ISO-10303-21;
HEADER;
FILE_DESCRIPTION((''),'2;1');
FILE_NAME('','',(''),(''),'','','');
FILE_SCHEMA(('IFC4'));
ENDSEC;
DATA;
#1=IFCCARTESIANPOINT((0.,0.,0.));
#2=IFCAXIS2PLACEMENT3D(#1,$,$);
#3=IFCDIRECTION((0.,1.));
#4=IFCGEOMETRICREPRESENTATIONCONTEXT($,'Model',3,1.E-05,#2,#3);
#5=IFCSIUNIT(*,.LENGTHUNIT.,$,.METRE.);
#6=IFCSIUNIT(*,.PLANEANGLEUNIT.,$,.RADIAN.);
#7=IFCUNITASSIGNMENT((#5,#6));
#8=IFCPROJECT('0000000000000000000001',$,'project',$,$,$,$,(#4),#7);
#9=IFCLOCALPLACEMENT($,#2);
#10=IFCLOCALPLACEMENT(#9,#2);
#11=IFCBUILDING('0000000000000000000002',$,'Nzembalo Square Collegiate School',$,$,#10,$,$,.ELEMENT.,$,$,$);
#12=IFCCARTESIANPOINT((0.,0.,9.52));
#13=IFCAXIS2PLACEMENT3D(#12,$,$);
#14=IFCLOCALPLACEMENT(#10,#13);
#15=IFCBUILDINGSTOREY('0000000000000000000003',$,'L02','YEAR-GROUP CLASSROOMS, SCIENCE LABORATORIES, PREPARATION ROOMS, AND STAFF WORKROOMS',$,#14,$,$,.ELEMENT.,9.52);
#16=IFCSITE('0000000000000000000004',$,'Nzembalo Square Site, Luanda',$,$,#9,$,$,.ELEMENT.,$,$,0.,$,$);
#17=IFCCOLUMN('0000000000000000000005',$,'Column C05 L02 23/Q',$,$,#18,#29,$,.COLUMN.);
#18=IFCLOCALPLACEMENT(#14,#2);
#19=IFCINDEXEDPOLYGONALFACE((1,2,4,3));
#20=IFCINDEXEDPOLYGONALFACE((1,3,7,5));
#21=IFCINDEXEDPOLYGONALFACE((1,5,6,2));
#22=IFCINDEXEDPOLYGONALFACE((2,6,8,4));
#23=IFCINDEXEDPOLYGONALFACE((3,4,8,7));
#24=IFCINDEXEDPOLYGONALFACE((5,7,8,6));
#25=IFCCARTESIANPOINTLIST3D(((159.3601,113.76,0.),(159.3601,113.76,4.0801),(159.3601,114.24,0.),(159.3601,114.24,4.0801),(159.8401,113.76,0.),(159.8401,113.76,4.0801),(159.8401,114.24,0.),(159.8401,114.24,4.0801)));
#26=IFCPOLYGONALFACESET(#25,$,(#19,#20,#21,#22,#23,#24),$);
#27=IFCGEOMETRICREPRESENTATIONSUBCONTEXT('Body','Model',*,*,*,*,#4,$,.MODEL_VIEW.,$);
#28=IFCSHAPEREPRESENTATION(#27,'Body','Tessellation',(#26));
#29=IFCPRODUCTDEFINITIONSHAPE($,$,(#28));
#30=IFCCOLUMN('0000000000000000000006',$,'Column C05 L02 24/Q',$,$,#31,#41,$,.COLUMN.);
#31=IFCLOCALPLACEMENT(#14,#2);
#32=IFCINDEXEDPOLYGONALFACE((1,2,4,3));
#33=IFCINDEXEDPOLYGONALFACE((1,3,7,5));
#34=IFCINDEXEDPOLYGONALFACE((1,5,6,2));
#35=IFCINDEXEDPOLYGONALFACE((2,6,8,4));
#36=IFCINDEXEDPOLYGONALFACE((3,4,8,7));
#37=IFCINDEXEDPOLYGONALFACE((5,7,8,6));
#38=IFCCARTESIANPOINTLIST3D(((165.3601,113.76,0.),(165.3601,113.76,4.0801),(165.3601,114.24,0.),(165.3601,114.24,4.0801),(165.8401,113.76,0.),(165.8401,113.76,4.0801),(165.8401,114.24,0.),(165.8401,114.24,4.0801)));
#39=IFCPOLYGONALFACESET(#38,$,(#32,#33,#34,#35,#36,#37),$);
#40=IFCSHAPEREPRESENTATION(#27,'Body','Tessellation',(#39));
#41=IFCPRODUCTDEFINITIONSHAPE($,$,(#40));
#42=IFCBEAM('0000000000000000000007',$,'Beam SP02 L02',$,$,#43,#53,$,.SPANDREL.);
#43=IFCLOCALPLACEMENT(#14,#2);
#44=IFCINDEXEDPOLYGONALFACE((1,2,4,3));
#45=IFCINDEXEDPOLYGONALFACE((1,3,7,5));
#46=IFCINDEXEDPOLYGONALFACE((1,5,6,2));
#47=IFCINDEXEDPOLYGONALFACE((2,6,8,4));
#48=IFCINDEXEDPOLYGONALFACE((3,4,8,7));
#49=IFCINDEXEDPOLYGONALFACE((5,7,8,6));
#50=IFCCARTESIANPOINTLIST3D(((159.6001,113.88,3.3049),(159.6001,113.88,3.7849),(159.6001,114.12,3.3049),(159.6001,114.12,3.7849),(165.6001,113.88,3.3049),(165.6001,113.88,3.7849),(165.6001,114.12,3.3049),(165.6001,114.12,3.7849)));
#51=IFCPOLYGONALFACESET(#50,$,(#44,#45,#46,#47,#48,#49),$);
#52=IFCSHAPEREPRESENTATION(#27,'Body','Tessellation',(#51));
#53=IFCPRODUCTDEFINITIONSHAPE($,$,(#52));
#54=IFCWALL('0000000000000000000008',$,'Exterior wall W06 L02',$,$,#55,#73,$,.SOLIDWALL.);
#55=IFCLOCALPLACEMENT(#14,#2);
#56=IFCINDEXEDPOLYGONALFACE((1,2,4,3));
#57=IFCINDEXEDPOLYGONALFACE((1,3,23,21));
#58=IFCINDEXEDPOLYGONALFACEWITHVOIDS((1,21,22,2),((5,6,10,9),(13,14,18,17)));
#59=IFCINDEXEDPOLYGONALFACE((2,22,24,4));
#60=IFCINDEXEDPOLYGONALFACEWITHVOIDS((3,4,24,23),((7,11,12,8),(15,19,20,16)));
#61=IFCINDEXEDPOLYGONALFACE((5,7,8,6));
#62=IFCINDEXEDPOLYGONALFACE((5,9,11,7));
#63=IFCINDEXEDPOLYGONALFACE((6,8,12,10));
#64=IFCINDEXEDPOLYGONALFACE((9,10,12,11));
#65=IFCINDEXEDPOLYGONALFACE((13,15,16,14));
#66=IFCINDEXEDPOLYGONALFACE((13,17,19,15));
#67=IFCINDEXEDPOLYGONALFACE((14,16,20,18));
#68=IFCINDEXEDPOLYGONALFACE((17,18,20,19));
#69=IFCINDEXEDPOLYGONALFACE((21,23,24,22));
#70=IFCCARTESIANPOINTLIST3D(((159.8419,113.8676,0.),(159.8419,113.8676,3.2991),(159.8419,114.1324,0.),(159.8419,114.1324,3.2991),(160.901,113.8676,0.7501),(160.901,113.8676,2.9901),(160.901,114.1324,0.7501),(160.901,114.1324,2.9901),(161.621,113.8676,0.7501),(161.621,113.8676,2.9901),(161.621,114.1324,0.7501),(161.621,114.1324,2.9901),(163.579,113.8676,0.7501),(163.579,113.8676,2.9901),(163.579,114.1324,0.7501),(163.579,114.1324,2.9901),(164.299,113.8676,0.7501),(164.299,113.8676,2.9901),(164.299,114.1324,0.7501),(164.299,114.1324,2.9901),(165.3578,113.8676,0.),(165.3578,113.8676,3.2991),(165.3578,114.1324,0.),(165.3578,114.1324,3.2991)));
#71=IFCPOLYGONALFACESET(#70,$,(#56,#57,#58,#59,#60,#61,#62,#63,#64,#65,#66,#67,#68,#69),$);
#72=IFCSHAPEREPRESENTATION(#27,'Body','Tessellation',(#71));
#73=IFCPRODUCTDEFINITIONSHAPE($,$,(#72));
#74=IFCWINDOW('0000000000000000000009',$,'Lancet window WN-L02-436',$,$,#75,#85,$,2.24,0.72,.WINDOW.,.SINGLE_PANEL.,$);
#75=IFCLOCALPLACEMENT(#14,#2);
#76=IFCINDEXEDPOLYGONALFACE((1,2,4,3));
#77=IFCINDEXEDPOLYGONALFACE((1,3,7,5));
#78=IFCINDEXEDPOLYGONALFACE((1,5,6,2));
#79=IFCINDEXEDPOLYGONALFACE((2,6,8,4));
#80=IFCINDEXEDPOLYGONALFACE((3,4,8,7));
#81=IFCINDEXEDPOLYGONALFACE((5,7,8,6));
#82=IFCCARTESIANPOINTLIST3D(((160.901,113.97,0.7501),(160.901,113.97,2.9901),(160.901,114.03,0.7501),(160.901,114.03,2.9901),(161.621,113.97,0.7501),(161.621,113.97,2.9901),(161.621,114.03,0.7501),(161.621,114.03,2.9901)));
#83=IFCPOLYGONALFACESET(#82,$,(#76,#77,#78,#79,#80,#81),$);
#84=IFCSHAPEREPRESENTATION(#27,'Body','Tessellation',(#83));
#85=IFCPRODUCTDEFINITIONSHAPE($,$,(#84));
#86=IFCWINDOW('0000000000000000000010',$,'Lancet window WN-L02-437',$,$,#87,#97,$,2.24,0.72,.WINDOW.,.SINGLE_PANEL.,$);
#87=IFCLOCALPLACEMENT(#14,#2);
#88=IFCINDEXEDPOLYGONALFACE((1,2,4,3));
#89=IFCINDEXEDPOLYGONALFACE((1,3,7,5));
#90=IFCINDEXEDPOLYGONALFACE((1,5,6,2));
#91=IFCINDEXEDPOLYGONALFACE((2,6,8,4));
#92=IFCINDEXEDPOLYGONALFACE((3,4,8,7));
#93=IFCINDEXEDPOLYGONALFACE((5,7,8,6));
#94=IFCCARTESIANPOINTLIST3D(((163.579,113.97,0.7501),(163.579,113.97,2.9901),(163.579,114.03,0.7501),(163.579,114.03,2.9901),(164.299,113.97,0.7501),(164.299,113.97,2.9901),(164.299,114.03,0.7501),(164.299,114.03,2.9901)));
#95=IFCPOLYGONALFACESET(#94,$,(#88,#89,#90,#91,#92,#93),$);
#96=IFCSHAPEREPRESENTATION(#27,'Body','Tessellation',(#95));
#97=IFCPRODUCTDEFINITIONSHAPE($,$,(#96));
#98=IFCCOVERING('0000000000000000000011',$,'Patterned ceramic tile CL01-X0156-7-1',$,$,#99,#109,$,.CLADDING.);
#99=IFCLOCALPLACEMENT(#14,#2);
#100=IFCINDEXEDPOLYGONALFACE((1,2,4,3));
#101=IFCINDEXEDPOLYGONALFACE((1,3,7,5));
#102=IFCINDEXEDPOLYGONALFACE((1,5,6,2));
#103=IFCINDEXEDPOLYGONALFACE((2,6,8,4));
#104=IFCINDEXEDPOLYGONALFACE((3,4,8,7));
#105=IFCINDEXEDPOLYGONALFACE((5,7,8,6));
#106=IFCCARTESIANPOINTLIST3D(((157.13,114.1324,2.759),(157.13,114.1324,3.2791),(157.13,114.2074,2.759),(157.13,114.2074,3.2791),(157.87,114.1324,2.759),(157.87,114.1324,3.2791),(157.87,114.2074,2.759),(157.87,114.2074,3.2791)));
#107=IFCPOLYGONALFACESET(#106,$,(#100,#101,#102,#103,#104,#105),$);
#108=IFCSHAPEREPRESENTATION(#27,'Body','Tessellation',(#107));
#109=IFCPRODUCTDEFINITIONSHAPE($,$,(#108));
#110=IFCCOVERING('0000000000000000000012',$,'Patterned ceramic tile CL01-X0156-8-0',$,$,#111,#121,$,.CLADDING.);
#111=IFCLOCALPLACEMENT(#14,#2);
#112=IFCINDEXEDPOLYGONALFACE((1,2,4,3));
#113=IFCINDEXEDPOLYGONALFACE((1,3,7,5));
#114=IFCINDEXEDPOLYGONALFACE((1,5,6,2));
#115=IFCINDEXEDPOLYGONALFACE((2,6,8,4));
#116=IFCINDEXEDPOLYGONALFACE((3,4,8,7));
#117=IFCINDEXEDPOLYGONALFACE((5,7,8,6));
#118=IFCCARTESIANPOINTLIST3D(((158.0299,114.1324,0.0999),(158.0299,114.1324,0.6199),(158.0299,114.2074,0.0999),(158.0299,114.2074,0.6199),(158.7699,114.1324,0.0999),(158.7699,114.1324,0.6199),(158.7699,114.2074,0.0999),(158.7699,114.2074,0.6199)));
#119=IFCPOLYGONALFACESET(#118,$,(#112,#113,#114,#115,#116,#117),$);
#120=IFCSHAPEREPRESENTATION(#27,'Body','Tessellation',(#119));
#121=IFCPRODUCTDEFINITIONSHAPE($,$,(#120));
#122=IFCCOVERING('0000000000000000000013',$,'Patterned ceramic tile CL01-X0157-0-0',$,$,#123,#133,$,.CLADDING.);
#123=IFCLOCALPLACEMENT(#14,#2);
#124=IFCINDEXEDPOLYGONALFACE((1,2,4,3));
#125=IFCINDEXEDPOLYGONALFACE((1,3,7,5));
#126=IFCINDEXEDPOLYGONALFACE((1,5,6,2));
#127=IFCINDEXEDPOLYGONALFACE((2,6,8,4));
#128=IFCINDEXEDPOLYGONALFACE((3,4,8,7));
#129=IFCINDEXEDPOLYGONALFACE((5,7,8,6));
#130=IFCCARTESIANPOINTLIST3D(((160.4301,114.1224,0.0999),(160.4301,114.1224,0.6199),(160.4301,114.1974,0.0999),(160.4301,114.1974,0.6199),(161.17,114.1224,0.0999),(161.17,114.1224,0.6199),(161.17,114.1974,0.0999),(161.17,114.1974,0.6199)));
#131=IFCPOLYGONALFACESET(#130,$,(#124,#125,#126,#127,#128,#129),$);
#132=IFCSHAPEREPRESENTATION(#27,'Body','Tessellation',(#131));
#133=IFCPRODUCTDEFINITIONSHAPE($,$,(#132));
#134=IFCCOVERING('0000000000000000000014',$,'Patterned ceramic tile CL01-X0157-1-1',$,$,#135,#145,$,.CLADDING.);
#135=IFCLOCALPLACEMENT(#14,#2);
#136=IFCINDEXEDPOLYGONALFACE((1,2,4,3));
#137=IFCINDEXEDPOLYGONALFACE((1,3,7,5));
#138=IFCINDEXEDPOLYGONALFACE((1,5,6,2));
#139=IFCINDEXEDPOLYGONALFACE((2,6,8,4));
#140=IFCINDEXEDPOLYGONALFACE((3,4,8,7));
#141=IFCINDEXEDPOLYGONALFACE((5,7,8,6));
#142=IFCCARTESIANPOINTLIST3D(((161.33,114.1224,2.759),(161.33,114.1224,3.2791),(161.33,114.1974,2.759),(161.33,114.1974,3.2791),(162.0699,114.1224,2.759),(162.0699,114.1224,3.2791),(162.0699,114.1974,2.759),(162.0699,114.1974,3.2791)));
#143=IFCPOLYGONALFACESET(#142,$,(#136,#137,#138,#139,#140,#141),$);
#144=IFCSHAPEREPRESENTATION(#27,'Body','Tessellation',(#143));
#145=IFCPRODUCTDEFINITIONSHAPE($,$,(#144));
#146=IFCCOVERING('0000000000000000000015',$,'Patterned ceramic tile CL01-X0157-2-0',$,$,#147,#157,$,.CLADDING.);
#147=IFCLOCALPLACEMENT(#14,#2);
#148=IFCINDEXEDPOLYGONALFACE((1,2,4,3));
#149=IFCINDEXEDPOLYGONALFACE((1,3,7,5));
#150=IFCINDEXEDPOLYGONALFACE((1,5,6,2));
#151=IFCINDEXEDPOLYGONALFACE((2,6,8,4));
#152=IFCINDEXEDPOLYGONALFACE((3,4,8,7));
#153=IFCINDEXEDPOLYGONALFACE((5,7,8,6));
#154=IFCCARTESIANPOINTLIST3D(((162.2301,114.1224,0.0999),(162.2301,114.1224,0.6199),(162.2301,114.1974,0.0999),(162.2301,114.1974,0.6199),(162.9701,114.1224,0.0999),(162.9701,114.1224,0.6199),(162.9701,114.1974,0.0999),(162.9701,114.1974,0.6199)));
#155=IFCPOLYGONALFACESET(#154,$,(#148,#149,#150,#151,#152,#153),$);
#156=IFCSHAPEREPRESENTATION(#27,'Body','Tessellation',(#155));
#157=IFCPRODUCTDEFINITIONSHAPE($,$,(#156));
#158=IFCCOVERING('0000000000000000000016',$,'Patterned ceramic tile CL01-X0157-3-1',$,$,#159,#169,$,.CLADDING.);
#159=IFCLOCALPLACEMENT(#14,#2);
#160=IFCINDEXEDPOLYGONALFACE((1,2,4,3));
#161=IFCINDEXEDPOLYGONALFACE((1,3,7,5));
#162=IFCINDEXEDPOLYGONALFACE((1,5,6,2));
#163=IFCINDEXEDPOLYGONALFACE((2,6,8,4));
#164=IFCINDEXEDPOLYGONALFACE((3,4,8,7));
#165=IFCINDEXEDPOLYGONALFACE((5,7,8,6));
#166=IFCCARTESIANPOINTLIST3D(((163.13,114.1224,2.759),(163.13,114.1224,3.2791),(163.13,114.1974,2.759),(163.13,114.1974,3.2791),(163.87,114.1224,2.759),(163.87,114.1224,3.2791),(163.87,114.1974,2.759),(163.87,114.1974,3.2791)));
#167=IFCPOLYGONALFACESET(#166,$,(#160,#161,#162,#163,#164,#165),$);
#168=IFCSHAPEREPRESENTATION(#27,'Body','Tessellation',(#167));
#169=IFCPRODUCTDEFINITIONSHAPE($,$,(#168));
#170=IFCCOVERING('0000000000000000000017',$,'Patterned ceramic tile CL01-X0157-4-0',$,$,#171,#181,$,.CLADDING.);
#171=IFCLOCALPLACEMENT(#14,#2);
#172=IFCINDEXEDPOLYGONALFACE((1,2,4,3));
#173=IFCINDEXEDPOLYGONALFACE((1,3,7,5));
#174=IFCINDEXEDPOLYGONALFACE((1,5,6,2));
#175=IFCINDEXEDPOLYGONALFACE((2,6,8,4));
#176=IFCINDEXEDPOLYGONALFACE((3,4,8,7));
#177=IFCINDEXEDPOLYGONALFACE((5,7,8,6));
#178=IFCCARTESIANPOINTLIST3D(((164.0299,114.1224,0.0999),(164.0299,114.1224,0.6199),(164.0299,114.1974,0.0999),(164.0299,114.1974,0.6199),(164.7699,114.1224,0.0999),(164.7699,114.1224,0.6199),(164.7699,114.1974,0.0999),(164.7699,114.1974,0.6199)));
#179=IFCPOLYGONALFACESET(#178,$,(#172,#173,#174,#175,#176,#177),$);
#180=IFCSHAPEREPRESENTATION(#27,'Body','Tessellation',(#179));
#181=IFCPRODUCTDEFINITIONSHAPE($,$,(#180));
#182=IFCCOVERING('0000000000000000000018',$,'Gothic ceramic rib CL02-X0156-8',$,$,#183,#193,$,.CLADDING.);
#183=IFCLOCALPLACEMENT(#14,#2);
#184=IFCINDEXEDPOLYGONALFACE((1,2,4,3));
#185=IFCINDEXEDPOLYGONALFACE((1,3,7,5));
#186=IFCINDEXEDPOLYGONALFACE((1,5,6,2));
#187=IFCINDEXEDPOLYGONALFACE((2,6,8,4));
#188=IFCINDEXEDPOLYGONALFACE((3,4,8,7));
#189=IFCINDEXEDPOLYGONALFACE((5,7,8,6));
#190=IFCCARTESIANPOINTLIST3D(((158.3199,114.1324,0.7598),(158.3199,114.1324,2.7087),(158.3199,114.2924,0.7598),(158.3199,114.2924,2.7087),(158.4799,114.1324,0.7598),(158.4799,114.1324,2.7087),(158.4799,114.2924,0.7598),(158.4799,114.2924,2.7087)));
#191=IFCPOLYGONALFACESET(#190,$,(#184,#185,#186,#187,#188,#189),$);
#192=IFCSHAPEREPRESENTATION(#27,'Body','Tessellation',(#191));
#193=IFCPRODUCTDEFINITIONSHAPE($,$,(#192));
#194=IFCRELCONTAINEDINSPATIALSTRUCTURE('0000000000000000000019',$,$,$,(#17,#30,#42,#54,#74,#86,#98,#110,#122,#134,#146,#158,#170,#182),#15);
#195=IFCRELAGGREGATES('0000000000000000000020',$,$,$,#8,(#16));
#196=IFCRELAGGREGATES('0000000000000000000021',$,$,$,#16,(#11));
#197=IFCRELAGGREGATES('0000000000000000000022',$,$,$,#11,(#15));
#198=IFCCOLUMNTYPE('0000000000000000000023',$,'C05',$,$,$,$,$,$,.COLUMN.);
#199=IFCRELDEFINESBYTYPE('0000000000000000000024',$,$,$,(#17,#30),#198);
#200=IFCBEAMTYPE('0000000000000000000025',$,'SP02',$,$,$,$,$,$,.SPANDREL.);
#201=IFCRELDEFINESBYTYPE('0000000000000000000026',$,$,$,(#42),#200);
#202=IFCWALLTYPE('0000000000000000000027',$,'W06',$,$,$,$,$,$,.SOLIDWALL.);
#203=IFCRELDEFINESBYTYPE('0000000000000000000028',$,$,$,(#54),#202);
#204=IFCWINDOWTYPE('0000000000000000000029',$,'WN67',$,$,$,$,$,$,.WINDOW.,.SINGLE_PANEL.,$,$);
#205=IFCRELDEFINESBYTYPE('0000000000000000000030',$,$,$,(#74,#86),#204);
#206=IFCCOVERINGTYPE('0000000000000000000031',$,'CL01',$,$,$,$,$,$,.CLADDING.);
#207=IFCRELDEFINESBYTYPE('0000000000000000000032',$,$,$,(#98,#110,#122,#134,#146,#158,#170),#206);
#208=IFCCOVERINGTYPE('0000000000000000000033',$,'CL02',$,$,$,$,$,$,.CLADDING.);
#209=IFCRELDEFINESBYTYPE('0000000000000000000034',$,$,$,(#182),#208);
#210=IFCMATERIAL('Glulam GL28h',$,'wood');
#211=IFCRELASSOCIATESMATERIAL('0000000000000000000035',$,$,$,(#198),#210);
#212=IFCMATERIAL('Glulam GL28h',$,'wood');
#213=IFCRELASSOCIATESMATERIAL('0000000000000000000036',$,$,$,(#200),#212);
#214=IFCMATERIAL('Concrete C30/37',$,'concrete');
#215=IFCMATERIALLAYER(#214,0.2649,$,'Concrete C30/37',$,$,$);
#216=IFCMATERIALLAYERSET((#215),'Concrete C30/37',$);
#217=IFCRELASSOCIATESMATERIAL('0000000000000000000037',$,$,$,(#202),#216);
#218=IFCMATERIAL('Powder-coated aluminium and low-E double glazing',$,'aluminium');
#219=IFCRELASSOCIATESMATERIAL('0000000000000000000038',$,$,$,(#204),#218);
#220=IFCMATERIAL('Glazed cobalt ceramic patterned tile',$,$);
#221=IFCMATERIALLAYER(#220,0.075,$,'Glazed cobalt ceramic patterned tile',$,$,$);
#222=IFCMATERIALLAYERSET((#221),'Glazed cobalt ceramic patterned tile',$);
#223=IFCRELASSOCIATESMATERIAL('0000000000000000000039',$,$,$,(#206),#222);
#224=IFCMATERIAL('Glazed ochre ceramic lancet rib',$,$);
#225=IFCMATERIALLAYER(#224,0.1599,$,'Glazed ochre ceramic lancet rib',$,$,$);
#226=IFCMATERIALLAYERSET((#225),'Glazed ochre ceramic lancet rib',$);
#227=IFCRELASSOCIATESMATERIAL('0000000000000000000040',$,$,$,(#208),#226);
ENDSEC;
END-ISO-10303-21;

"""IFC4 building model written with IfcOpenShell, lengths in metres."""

from ifc_helpers import new_model, si_unit, direction, frame, frame_2d, origin, origin_2d, place, context, subcontext, project, spatial, rectangle, extrude, material, layer, layer_set, material_profile, profile_set, type_object, element, fill, save


model = new_model("IFC4")

# Units and contexts
model_context = context("Model", 3, precision=1e-05, world=origin(), true_north=direction((0.0, 1.0)))
body_context = subcontext(model_context, "Body", "Model", "MODEL_VIEW")
ifc_project = project(units=[si_unit("LENGTHUNIT", "METRE"), si_unit("PLANEANGLEUNIT", "RADIAN")], contexts=[model_context])

# Site, building, storey
site_placement = place(None, origin())
site = spatial("IfcSite", under=ifc_project, at=site_placement, Name="Nzembalo Square Site, Luanda", CompositionType="ELEMENT", RefElevation=0.0)
building_placement = place(site_placement, origin())
building = spatial("IfcBuilding", under=site, at=building_placement, Name="Nzembalo Square Collegiate School", CompositionType="ELEMENT")
storey_placement = place(building_placement, frame((0.0, 0.0, 9.52)))
storey = spatial("IfcBuildingStorey", under=building, at=storey_placement, Name="L02", Description="YEAR-GROUP CLASSROOMS, SCIENCE LABORATORIES, PREPARATION ROOMS, AND STAFF WORKROOMS", CompositionType="ELEMENT", Elevation=9.52)

# Columns
ifc_material_1 = material(Name="Glulam GL28h", Category="wood")
ifc_material_profile_1 = material_profile(ifc_material_1, rectangle(XDim=0.48, YDim=0.48, at=origin_2d()), Name="GL28h 480x480")
ifc_profile_set_1 = profile_set([ifc_material_profile_1], Name="Glulam GL28h")
column_type = type_object("IfcColumnType", Name="C05", PredefinedType="COLUMN", material=ifc_profile_set_1)
for number, where, z_axis, x_axis, name in (
    (1, (159.6001, 114.0, 0.0), (0.0, 0.0, 1.0), (1.0, 0.0, 0.0), "Column C05 L02 23/Q"),
    (2, (165.6001, 114.0, 0.0), (0.0, 0.0, 1.0), (1.0, 0.0, 0.0), "Column C05 L02 24/Q"),
):
    element("IfcColumn", number, at=place(storey_placement, frame(where, z_axis=z_axis, x_axis=x_axis)), inside=storey, type_object=column_type, Name=name, PredefinedType="COLUMN", context=body_context, shape_type="SweptSolid", body=[
        extrude(rectangle(XDim=0.48, YDim=0.48, at=origin_2d()), origin(), (0.0, 0.0, 1.0), 4.0801),
    ])

# Beam
ifc_material_2 = material(Name="Glulam GL28h", Category="wood")
ifc_material_profile_2 = material_profile(ifc_material_2, rectangle(XDim=0.24, YDim=0.48, at=origin_2d()), Name="GL28h 240x480")
ifc_profile_set_2 = profile_set([ifc_material_profile_2], Name="Glulam GL28h")
beam_type = type_object("IfcBeamType", Name="SP02", PredefinedType="SPANDREL", material=ifc_profile_set_2)
beam_placement = place(storey_placement, frame((159.6001, 114.0, 3.5449), z_axis=(1.0, 0.0, 0.0), x_axis=(0.0, 1.0, 0.0)))
element("IfcBeam", 3, at=beam_placement, inside=storey, type_object=beam_type, Name="Beam SP02 L02", PredefinedType="SPANDREL", context=body_context, shape_type="SweptSolid", body=[
    extrude(rectangle(XDim=0.24, YDim=0.48, at=origin_2d()), origin(), (0.0, 0.0, 1.0), 6.0),
])

# Wall, openings, windows
ifc_material_3 = material(Name="Concrete C30/37", Category="concrete")
ifc_layer_1 = layer(ifc_material_3, 0.2649, Name="Concrete C30/37")
ifc_layer_set_1 = layer_set([ifc_layer_1], Name="Concrete C30/37")
wall_type = type_object("IfcWallType", Name="W06", PredefinedType="SOLIDWALL", material=ifc_layer_set_1)
wall_placement = place(storey_placement, frame((159.842, 114.0, 0.0), z_axis=(0.0, 0.0, 1.0), x_axis=(1.0, 0.0, 0.0)))
wall = element("IfcWall", 4, at=wall_placement, inside=storey, type_object=wall_type, Name="Exterior wall W06 L02", PredefinedType="SOLIDWALL", context=body_context, shape_type="SweptSolid", body=[
    extrude(rectangle(XDim=5.5159, YDim=0.2649, at=frame_2d((2.7578, 0.0))), origin(), (0.0, 0.0, 1.0), 3.2991),
])
opening_1_placement = place(wall_placement, frame((1.0591, 0.0, 0.75)))
opening_1 = element("IfcOpeningElement", 5, at=opening_1_placement, cuts=wall, PredefinedType="OPENING", context=body_context, shape_type="SweptSolid", body=[
    extrude(rectangle(XDim=0.72, YDim=2.24, at=frame_2d((0.3599, 1.1201))), frame((0.0, 0.1426, 0.0), z_axis=(0.0, -1.0, 0.0), x_axis=(1.0, 0.0, 0.0)), (0.0, 0.0, 1.0), 0.2849),
])
opening_2_placement = place(wall_placement, frame((3.7371, 0.0, 0.75)))
opening_2 = element("IfcOpeningElement", 6, at=opening_2_placement, cuts=wall, PredefinedType="OPENING", context=body_context, shape_type="SweptSolid", body=[
    extrude(rectangle(XDim=0.72, YDim=2.24, at=frame_2d((0.3599, 1.1201))), frame((0.0, 0.1426, 0.0), z_axis=(0.0, -1.0, 0.0), x_axis=(1.0, 0.0, 0.0)), (0.0, 0.0, 1.0), 0.2849),
])
ifc_material_4 = material(Name="Powder-coated aluminium and low-E double glazing", Category="aluminium")
window_type = type_object("IfcWindowType", Name="WN67", PartitioningType="SINGLE_PANEL", PredefinedType="WINDOW", material=ifc_material_4)
window_1_placement = place(opening_1_placement, origin())
window_1 = element("IfcWindow", 7, at=window_1_placement, inside=storey, type_object=window_type, Name="Lancet window WN-L02-436", OverallHeight=2.24, OverallWidth=0.72, PartitioningType="SINGLE_PANEL", PredefinedType="WINDOW", context=body_context, shape_type="SweptSolid", body=[
    extrude(rectangle(XDim=0.72, YDim=2.24, at=frame_2d((0.3599, 1.1201))), frame((0.0, 0.03, 0.0), z_axis=(0.0, -1.0, 0.0), x_axis=(1.0, 0.0, 0.0)), (0.0, 0.0, 1.0), 0.0601),
])
fill(opening_1, window_1)
window_2_placement = place(opening_2_placement, origin())
window_2 = element("IfcWindow", 8, at=window_2_placement, inside=storey, type_object=window_type, Name="Lancet window WN-L02-437", OverallHeight=2.24, OverallWidth=0.72, PartitioningType="SINGLE_PANEL", PredefinedType="WINDOW", context=body_context, shape_type="SweptSolid", body=[
    extrude(rectangle(XDim=0.72, YDim=2.24, at=frame_2d((0.3599, 1.1201))), frame((0.0, 0.03, 0.0), z_axis=(0.0, -1.0, 0.0), x_axis=(1.0, 0.0, 0.0)), (0.0, 0.0, 1.0), 0.0601),
])
fill(opening_2, window_2)

# Coverings
ifc_material_5 = material(Name="Glazed cobalt ceramic patterned tile")
ifc_layer_2 = layer(ifc_material_5, 0.075, Name="Glazed cobalt ceramic patterned tile")
ifc_layer_set_2 = layer_set([ifc_layer_2], Name="Glazed cobalt ceramic patterned tile")
covering_type_1 = type_object("IfcCoveringType", Name="CL01", PredefinedType="CLADDING", material=ifc_layer_set_2)
for number, where, z_axis, x_axis, name in (
    (9, (157.5, 114.1699, 2.759), (0.0, 0.0, 1.0), (1.0, 0.0, 0.0), "Patterned ceramic tile CL01-X0156-7-1"),
    (10, (158.3999, 114.1699, 0.0999), (0.0, 0.0, 1.0), (1.0, 0.0, 0.0), "Patterned ceramic tile CL01-X0156-8-0"),
    (11, (160.8, 114.1599, 0.0999), (0.0, 0.0, 1.0), (1.0, 0.0, 0.0), "Patterned ceramic tile CL01-X0157-0-0"),
    (12, (161.7, 114.1599, 2.759), (0.0, 0.0, 1.0), (1.0, 0.0, 0.0), "Patterned ceramic tile CL01-X0157-1-1"),
    (13, (162.6001, 114.1599, 0.0999), (0.0, 0.0, 1.0), (1.0, 0.0, 0.0), "Patterned ceramic tile CL01-X0157-2-0"),
    (14, (163.5, 114.1599, 2.759), (0.0, 0.0, 1.0), (1.0, 0.0, 0.0), "Patterned ceramic tile CL01-X0157-3-1"),
    (15, (164.3999, 114.1599, 0.0999), (0.0, 0.0, 1.0), (1.0, 0.0, 0.0), "Patterned ceramic tile CL01-X0157-4-0"),
):
    element("IfcCovering", number, at=place(storey_placement, frame(where, z_axis=z_axis, x_axis=x_axis)), inside=storey, type_object=covering_type_1, Name=name, PredefinedType="CLADDING", context=body_context, shape_type="SweptSolid", body=[
        extrude(rectangle(XDim=0.74, YDim=0.075, at=origin_2d()), origin(), (0.0, 0.0, 1.0), 0.52),
    ])
ifc_material_6 = material(Name="Glazed ochre ceramic lancet rib")
ifc_layer_3 = layer(ifc_material_6, 0.1599, Name="Glazed ochre ceramic lancet rib")
ifc_layer_set_3 = layer_set([ifc_layer_3], Name="Glazed ochre ceramic lancet rib")
covering_type_2 = type_object("IfcCoveringType", Name="CL02", PredefinedType="CLADDING", material=ifc_layer_set_3)
for number, where, z_axis, x_axis, name in (
    (16, (158.3999, 114.2124, 0.7598), (0.0, 0.0, 1.0), (1.0, 0.0, 0.0), "Gothic ceramic rib CL02-X0156-8"),
):
    element("IfcCovering", number, at=place(storey_placement, frame(where, z_axis=z_axis, x_axis=x_axis)), inside=storey, type_object=covering_type_2, Name=name, PredefinedType="CLADDING", context=body_context, shape_type="SweptSolid", body=[
        extrude(rectangle(XDim=0.1599, YDim=0.1599, at=origin_2d()), origin(), (0.0, 0.0, 1.0), 1.949),
    ])

save(model, "model.ifc")
